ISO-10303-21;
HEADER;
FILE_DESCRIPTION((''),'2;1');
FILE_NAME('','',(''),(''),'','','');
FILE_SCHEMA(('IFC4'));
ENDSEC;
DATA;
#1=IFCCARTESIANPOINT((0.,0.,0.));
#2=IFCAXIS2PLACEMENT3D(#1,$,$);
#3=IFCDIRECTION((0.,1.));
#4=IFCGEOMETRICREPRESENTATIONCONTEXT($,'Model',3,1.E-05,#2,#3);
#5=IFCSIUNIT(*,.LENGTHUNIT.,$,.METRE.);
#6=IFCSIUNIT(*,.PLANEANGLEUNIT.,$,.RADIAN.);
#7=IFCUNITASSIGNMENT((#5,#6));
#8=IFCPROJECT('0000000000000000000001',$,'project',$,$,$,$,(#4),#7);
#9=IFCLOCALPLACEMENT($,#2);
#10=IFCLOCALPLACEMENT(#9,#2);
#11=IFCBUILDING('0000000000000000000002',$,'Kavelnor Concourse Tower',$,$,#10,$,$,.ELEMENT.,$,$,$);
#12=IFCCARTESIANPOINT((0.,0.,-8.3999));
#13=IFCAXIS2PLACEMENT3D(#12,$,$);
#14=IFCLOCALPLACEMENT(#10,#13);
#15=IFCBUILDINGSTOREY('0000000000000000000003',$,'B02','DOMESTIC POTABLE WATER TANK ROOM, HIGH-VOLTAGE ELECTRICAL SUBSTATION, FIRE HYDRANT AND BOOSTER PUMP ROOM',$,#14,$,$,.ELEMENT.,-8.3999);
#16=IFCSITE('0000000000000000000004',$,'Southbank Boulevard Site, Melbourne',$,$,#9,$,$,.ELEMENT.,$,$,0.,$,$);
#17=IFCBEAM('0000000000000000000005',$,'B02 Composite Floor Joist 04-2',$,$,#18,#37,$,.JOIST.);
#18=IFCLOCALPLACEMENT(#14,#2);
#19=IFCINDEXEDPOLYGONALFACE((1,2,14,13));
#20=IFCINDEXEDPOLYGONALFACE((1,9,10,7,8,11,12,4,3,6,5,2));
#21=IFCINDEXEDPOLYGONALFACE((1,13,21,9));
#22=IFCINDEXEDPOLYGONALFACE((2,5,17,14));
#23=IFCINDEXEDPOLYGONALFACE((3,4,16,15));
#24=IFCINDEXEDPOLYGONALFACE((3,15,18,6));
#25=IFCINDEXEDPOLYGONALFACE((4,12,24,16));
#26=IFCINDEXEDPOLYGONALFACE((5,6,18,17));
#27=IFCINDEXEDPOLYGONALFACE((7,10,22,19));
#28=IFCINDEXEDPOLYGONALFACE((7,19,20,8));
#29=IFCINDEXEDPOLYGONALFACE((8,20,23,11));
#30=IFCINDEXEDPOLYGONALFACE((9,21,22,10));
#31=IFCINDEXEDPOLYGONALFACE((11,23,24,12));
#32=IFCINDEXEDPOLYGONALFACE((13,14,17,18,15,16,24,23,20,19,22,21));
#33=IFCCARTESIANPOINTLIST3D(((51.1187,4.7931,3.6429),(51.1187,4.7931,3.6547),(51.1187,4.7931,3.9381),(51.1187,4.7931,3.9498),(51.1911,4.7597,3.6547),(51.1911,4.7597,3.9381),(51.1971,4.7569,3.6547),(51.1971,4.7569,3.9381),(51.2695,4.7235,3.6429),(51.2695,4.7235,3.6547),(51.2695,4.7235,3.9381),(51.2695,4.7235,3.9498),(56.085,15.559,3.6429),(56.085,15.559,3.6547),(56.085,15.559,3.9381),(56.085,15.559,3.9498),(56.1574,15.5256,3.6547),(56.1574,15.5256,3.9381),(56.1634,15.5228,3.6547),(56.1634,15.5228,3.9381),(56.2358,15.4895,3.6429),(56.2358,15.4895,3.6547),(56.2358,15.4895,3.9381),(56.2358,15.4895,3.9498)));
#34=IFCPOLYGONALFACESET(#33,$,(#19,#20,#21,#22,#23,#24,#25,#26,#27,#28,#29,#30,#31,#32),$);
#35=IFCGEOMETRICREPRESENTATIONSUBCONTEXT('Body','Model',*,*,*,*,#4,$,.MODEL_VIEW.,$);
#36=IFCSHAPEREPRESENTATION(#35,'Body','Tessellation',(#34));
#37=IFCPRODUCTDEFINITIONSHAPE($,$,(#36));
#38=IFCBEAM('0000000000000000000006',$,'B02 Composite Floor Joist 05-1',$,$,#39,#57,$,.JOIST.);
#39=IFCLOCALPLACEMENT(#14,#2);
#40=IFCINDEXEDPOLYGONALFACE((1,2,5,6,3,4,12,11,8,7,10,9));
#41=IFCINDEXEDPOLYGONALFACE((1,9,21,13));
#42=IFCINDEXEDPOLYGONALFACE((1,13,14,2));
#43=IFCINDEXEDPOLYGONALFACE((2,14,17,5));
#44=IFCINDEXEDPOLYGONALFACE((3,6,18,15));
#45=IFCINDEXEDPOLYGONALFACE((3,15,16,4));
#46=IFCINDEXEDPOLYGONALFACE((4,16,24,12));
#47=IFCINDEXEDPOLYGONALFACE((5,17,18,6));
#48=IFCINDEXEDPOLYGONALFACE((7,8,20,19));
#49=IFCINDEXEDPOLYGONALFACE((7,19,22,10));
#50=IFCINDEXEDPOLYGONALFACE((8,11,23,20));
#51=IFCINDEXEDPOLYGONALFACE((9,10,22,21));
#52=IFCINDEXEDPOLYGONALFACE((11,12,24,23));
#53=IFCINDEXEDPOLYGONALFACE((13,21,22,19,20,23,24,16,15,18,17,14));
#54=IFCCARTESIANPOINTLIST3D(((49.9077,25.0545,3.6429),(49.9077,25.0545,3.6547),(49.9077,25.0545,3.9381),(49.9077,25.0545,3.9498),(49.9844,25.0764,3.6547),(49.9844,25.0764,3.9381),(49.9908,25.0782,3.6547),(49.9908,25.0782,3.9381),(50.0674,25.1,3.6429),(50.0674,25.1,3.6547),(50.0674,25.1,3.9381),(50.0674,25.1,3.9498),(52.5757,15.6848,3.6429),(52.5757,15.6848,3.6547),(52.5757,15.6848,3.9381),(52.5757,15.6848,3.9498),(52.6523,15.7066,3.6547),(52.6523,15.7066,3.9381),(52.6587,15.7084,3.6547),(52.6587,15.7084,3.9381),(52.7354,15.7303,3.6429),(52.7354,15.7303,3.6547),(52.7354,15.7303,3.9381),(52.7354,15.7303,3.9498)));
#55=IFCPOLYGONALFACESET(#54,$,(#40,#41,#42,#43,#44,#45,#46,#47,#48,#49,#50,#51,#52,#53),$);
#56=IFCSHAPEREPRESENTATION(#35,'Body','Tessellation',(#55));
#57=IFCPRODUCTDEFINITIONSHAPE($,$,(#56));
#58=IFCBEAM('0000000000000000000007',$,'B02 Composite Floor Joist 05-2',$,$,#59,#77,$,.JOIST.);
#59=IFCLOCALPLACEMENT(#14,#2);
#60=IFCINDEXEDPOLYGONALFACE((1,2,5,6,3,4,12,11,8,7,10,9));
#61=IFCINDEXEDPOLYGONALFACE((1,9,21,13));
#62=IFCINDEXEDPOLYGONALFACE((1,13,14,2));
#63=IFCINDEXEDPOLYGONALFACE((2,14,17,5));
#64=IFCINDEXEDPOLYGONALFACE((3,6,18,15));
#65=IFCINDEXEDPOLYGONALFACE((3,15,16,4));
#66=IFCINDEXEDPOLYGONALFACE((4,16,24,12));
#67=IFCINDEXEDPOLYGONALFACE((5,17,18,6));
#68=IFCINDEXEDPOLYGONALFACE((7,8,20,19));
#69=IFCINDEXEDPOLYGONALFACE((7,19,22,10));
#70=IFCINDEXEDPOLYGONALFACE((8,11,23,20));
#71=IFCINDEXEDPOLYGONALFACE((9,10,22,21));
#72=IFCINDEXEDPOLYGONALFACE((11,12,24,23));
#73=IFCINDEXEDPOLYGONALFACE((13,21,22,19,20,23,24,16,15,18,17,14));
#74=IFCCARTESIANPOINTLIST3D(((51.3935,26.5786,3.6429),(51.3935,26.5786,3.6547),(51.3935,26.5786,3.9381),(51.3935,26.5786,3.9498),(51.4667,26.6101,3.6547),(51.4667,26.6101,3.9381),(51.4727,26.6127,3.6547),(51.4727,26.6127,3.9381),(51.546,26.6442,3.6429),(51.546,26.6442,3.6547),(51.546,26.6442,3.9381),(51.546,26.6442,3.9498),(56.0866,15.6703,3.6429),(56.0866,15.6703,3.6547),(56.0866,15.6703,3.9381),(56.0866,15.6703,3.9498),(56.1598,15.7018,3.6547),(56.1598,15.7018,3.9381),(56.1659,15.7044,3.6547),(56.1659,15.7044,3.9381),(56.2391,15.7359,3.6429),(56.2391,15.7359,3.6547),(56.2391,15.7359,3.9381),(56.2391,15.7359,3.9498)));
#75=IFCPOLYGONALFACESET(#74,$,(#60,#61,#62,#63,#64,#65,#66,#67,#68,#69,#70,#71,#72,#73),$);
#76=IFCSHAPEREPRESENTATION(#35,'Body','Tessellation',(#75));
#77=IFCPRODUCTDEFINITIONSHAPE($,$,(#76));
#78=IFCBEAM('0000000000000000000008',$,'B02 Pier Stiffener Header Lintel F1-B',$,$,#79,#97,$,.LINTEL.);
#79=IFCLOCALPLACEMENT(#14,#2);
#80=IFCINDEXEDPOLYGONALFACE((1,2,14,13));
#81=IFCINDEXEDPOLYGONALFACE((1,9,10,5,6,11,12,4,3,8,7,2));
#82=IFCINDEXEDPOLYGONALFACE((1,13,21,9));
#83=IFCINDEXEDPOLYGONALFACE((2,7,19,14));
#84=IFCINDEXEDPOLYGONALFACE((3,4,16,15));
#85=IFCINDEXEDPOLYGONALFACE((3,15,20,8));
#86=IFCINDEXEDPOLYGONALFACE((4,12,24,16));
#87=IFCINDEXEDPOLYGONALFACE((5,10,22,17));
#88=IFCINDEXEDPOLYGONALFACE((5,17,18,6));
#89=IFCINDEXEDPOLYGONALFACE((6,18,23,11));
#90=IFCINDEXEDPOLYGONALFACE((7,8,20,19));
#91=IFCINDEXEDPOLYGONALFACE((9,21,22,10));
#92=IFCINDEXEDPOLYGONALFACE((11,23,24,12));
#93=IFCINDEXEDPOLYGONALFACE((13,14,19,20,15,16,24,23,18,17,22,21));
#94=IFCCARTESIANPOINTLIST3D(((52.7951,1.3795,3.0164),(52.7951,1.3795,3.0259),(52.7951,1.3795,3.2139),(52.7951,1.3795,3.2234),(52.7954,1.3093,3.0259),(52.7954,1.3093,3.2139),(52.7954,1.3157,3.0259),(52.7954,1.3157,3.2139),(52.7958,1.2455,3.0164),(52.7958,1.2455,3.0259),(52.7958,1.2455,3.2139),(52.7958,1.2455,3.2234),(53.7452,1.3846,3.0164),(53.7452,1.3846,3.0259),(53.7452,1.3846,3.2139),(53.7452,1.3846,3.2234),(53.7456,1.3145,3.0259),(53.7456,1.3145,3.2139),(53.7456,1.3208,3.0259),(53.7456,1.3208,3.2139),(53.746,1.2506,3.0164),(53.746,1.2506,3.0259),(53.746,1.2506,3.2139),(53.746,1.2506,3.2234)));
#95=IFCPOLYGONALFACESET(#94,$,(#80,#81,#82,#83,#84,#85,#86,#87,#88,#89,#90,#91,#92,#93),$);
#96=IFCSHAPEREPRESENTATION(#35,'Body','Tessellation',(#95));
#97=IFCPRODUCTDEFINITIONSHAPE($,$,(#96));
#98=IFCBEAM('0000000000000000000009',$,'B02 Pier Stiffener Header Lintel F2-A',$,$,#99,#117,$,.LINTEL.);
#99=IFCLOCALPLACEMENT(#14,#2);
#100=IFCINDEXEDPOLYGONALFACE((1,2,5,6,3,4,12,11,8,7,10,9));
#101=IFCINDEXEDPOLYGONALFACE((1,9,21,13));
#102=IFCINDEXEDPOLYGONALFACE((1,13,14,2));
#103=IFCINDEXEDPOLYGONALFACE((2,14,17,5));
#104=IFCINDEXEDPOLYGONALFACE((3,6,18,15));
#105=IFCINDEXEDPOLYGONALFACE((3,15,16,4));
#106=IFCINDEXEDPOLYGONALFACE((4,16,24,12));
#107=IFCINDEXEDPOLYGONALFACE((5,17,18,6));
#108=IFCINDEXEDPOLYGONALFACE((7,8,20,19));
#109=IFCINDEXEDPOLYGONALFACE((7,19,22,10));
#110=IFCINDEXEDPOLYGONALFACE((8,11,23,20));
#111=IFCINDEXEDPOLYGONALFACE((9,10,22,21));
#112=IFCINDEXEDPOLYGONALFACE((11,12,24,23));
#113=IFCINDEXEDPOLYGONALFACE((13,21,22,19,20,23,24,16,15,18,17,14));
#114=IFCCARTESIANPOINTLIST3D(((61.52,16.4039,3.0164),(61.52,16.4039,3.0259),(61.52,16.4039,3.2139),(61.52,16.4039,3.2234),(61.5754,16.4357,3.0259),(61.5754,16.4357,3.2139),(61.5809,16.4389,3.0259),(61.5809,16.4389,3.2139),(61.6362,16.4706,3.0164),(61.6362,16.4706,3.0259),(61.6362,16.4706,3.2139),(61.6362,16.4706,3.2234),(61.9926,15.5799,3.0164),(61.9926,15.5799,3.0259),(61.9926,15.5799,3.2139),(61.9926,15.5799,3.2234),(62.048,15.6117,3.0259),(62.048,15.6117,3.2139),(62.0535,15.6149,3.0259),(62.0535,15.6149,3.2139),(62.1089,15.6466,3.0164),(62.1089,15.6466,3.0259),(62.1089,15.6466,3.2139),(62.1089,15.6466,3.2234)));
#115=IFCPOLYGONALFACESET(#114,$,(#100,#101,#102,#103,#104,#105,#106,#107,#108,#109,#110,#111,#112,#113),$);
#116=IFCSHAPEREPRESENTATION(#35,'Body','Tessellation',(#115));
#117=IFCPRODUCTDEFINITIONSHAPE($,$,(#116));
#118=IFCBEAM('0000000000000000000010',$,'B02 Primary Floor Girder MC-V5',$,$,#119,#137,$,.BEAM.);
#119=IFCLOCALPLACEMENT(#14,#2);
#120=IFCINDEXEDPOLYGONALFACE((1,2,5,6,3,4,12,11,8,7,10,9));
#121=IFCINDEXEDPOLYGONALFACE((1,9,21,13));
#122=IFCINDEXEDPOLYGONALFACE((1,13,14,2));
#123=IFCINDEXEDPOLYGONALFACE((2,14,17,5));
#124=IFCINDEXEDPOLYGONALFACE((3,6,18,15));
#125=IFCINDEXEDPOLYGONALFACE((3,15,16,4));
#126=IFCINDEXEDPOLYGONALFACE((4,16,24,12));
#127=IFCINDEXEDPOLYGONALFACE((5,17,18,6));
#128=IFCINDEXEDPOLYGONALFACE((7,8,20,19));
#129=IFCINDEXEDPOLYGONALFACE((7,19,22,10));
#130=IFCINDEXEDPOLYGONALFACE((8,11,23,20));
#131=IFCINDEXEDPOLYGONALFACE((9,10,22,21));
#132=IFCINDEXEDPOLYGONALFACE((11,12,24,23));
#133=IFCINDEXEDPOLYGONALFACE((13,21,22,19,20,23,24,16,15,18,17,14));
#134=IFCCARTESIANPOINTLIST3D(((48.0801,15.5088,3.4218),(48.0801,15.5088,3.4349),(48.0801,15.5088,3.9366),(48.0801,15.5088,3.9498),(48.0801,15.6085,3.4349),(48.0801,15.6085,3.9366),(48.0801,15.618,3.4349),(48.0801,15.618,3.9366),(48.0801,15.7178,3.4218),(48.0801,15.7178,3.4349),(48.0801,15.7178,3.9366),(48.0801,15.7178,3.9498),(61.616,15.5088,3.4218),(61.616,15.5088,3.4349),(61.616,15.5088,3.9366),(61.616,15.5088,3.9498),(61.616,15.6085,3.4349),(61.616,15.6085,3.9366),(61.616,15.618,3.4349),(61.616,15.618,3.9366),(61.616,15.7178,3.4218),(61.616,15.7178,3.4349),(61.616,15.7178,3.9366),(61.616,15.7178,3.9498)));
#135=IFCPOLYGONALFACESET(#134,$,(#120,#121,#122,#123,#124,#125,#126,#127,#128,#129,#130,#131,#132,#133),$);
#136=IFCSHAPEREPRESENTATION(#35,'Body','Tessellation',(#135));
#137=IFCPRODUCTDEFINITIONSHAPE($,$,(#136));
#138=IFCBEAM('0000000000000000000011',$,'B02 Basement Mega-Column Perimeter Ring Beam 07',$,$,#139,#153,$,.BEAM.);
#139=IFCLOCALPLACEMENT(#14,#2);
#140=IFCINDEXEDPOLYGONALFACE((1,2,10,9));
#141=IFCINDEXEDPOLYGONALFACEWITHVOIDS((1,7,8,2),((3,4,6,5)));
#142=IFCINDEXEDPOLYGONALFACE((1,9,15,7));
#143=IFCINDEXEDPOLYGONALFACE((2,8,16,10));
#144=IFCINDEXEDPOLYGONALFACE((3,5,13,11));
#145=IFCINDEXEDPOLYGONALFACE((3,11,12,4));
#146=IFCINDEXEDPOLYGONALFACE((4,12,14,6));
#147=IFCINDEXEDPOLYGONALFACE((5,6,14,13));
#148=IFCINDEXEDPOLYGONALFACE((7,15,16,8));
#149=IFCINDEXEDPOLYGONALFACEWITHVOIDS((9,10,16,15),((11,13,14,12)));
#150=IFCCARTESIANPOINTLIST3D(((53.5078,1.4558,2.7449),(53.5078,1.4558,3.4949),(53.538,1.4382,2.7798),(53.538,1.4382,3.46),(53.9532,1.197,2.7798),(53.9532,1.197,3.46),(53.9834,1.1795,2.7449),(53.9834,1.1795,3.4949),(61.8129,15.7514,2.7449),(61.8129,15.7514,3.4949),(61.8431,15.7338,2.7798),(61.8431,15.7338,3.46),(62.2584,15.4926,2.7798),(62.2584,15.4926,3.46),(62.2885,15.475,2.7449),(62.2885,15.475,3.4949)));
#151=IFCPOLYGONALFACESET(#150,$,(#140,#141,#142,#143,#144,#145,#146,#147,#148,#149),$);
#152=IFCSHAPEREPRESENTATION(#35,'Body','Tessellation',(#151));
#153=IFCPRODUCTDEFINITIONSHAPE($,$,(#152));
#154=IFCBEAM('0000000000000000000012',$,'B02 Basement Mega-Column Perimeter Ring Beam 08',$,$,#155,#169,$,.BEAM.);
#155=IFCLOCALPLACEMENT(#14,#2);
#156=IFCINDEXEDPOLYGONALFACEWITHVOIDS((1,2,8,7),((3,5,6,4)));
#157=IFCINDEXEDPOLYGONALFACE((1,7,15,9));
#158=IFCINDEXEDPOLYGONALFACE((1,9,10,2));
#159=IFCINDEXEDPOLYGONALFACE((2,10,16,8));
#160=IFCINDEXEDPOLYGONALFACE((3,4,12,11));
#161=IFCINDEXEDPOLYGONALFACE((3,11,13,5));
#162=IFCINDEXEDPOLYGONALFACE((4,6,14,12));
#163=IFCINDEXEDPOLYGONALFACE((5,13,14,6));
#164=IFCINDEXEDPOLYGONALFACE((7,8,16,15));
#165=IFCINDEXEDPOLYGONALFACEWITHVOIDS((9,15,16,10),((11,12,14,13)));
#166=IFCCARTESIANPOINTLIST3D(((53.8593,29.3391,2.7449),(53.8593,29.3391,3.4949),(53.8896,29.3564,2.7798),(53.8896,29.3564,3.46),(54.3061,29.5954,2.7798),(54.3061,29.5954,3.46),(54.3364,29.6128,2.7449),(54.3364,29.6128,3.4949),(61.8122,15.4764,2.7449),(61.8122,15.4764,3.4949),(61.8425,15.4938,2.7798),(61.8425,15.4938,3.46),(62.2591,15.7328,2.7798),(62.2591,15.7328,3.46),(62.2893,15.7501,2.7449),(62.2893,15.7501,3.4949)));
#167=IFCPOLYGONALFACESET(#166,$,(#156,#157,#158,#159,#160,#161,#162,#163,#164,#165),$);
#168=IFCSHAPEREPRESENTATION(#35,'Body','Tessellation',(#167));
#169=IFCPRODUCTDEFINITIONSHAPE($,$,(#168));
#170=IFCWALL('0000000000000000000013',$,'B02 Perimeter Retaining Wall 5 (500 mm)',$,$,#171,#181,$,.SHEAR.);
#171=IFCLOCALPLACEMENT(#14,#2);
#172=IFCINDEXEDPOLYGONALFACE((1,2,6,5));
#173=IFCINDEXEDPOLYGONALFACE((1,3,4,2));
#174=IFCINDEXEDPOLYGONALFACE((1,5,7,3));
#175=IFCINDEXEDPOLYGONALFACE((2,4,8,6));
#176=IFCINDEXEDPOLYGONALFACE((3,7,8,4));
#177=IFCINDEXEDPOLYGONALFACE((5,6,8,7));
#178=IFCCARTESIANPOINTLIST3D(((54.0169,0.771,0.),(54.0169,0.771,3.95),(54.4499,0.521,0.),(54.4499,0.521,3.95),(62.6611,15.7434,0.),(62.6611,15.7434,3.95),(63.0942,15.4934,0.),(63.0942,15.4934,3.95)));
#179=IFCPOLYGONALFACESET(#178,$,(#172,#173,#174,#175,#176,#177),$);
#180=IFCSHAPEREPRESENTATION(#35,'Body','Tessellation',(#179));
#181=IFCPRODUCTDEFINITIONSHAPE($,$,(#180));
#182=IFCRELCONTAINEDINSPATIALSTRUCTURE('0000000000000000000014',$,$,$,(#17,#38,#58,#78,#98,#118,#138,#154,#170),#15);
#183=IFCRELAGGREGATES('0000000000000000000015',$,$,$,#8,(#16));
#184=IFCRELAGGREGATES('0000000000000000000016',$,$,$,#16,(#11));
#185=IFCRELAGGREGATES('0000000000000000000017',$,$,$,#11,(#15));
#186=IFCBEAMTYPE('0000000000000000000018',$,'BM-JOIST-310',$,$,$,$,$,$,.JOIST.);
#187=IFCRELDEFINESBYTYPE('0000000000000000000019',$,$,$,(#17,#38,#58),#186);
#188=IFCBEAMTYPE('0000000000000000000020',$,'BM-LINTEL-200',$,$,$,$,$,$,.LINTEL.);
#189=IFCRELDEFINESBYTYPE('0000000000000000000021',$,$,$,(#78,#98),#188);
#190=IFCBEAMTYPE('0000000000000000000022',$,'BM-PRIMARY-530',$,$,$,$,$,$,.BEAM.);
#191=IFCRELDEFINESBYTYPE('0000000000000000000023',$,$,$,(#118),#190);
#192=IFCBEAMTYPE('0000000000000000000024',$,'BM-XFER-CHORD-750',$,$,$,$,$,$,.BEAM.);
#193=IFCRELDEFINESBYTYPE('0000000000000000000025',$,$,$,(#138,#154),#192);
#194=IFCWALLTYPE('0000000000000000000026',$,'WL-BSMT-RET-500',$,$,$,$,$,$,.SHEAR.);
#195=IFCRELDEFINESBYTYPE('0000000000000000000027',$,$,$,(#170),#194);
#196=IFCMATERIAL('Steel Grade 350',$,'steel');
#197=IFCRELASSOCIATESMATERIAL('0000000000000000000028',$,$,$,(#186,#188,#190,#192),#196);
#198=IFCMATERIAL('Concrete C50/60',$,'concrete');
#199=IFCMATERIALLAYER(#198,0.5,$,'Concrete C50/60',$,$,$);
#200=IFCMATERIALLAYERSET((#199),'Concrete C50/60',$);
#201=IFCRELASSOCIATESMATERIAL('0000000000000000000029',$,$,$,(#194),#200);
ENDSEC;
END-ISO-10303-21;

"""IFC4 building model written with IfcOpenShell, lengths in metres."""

from ifc_helpers import new_model, si_unit, direction, frame, frame_2d, origin, origin_2d, place, context, subcontext, project, spatial, rectangle, hollow_rectangle, i_section, extrude, material, layer, layer_set, material_profile, profile_set, type_object, element, save


model = new_model("IFC4")

# Units and contexts
model_context = context("Model", 3, precision=1e-05, world=origin(), true_north=direction((0.0, 1.0)))
body_context = subcontext(model_context, "Body", "Model", "MODEL_VIEW")
ifc_project = project(units=[si_unit("LENGTHUNIT", "METRE"), si_unit("PLANEANGLEUNIT", "RADIAN")], contexts=[model_context])

# Site, building, storey
site_placement = place(None, origin())
site = spatial("IfcSite", under=ifc_project, at=site_placement, Name="Southbank Boulevard Site, Melbourne", CompositionType="ELEMENT", RefElevation=0.0)
building_placement = place(site_placement, origin())
building = spatial("IfcBuilding", under=site, at=building_placement, Name="Kavelnor Concourse Tower", CompositionType="ELEMENT")
storey_placement = place(building_placement, frame((0.0, 0.0, -8.3999)))
storey = spatial("IfcBuildingStorey", under=building, at=storey_placement, Name="B02", Description="DOMESTIC POTABLE WATER TANK ROOM, HIGH-VOLTAGE ELECTRICAL SUBSTATION, FIRE HYDRANT AND BOOSTER PUMP ROOM", CompositionType="ELEMENT", Elevation=-8.3999)

# Shared definitions
ifc_material_1 = material(Name="Concrete C50/60", Category="concrete")

# Shared definitions
ifc_material_2 = material(Name="Steel Grade 350", Category="steel")

# Beams
ifc_material_profile_1 = material_profile(ifc_material_2, i_section(OverallWidth=0.166, OverallDepth=0.3069, WebThickness=0.0066, FlangeThickness=0.0117, at=origin_2d()), Name="310UB46")
ifc_profile_set_1 = profile_set([ifc_material_profile_1], Name="Steel Grade 350")
beam_type_1 = type_object("IfcBeamType", Name="BM-JOIST-310", PredefinedType="JOIST", material=ifc_profile_set_1)
beam_1_placement = place(storey_placement, frame((51.1941, 4.7583, 3.7964), z_axis=(0.418881, 0.908041, 0.0), x_axis=(-0.908041, 0.418881, 0.0)))
element("IfcBeam", 1, at=beam_1_placement, inside=storey, type_object=beam_type_1, Name="B02 Composite Floor Joist 04-2", PredefinedType="JOIST", context=body_context, shape_type="SweptSolid", body=[
    extrude(i_section(OverallWidth=0.166, OverallDepth=0.3069, WebThickness=0.0066, FlangeThickness=0.0117, at=origin_2d()), origin(), (0.0, 0.0, 1.0), 11.8562),
])
beam_2_placement = place(storey_placement, frame((52.6555, 15.7075, 3.7964), z_axis=(-0.273854, 0.961771, 0.0), x_axis=(-0.961771, -0.273854, 0.0)))
element("IfcBeam", 2, at=beam_2_placement, inside=storey, type_object=beam_type_1, Name="B02 Composite Floor Joist 05-1", PredefinedType="JOIST", context=body_context, shape_type="SweptSolid", body=[
    extrude(i_section(OverallWidth=0.166, OverallDepth=0.3069, WebThickness=0.0066, FlangeThickness=0.0117, at=origin_2d()), origin(), (0.0, 0.0, 1.0), 9.7422),
])
beam_3_placement = place(storey_placement, frame((56.1628, 15.7031, 3.7964), z_axis=(-0.395212, 0.91859, 0.0), x_axis=(-0.91859, -0.395212, 0.0)))
element("IfcBeam", 3, at=beam_3_placement, inside=storey, type_object=beam_type_1, Name="B02 Composite Floor Joist 05-2", PredefinedType="JOIST", context=body_context, shape_type="SweptSolid", body=[
    extrude(i_section(OverallWidth=0.166, OverallDepth=0.3069, WebThickness=0.0066, FlangeThickness=0.0117, at=origin_2d()), origin(), (0.0, 0.0, 1.0), 11.875),
])
ifc_material_profile_2 = material_profile(ifc_material_2, i_section(OverallWidth=0.134, OverallDepth=0.207, WebThickness=0.0063, FlangeThickness=0.0095, at=origin_2d()), Name="200UB29")
ifc_profile_set_2 = profile_set([ifc_material_profile_2], Name="Steel Grade 350")
beam_type_2 = type_object("IfcBeamType", Name="BM-LINTEL-200", PredefinedType="LINTEL", material=ifc_profile_set_2)
beam_4_placement = place(storey_placement, frame((53.7456, 1.3176, 3.1199), z_axis=(-0.999985, -0.005396, 0.0), x_axis=(0.005396, -0.999985, 0.0)))
element("IfcBeam", 4, at=beam_4_placement, inside=storey, type_object=beam_type_2, Name="B02 Pier Stiffener Header Lintel F1-B", PredefinedType="LINTEL", context=body_context, shape_type="SweptSolid", body=[
    extrude(i_section(OverallWidth=0.134, OverallDepth=0.207, WebThickness=0.0063, FlangeThickness=0.0095, at=origin_2d()), origin(), (0.0, 0.0, 1.0), 0.9502),
])
beam_5_placement = place(storey_placement, frame((62.0508, 15.6133, 3.1199), z_axis=(-0.497578, 0.86742, 0.0), x_axis=(-0.86742, -0.497578, 0.0)))
element("IfcBeam", 5, at=beam_5_placement, inside=storey, type_object=beam_type_2, Name="B02 Pier Stiffener Header Lintel F2-A", PredefinedType="LINTEL", context=body_context, shape_type="SweptSolid", body=[
    extrude(i_section(OverallWidth=0.134, OverallDepth=0.207, WebThickness=0.0063, FlangeThickness=0.0095, at=origin_2d()), origin(), (0.0, 0.0, 1.0), 0.95),
])
ifc_material_profile_3 = material_profile(ifc_material_2, i_section(OverallWidth=0.209, OverallDepth=0.5281, WebThickness=0.0095, FlangeThickness=0.0132, at=origin_2d()), Name="530UB82")
ifc_profile_set_3 = profile_set([ifc_material_profile_3], Name="Steel Grade 350")
beam_type_3 = type_object("IfcBeamType", Name="BM-PRIMARY-530", PredefinedType="BEAM", material=ifc_profile_set_3)
beam_6_placement = place(storey_placement, frame((48.0801, 15.6133, 3.6858), z_axis=(1.0, 0.0, 0.0), x_axis=(0.0, 1.0, 0.0)))
element("IfcBeam", 6, at=beam_6_placement, inside=storey, type_object=beam_type_3, Name="B02 Primary Floor Girder MC-V5", PredefinedType="BEAM", context=body_context, shape_type="SweptSolid", body=[
    extrude(i_section(OverallWidth=0.209, OverallDepth=0.5281, WebThickness=0.0095, FlangeThickness=0.0132, at=origin_2d()), origin(), (0.0, 0.0, 1.0), 13.5359),
])
ifc_material_profile_4 = material_profile(ifc_material_2, hollow_rectangle(XDim=0.55, YDim=0.75, WallThickness=0.0349, at=origin_2d()), Name="RHS 750x550x35")
ifc_profile_set_4 = profile_set([ifc_material_profile_4], Name="Steel Grade 350")
beam_type_4 = type_object("IfcBeamType", Name="BM-XFER-CHORD-750", PredefinedType="BEAM", material=ifc_profile_set_4)
beam_7_placement = place(storey_placement, frame((53.7456, 1.3176, 3.1199), z_axis=(0.502338, 0.864671, 0.0), x_axis=(-0.864671, 0.502338, 0.0)))
element("IfcBeam", 7, at=beam_7_placement, inside=storey, type_object=beam_type_4, Name="B02 Basement Mega-Column Perimeter Ring Beam 07", PredefinedType="BEAM", context=body_context, shape_type="SweptSolid", body=[
    extrude(hollow_rectangle(XDim=0.55, YDim=0.75, WallThickness=0.0349, at=origin_2d()), origin(), (0.0, 0.0, 1.0), 16.533),
])
beam_8_placement = place(storey_placement, frame((62.0508, 15.6133, 3.1199), z_axis=(-0.49762, 0.867395, 0.0), x_axis=(-0.867395, -0.49762, 0.0)))
element("IfcBeam", 8, at=beam_8_placement, inside=storey, type_object=beam_type_4, Name="B02 Basement Mega-Column Perimeter Ring Beam 08", PredefinedType="BEAM", context=body_context, shape_type="SweptSolid", body=[
    extrude(hollow_rectangle(XDim=0.55, YDim=0.75, WallThickness=0.0349, at=origin_2d()), origin(), (0.0, 0.0, 1.0), 15.9819),
])

# Wall
ifc_layer_1 = layer(ifc_material_1, 0.5, Name="Concrete C50/60")
ifc_layer_set_1 = layer_set([ifc_layer_1], Name="Concrete C50/60")
wall_type_1 = type_object("IfcWallType", Name="WL-BSMT-RET-500", PredefinedType="SHEAR", material=ifc_layer_set_1)
wall_1_placement = place(storey_placement, frame((54.2334, 0.646, 0.0), z_axis=(0.0, 0.0, 1.0), x_axis=(0.499998, 0.866026, 0.0)))
element("IfcWall", 9, at=wall_1_placement, inside=storey, type_object=wall_type_1, Name="B02 Perimeter Retaining Wall 5 (500 mm)", PredefinedType="SHEAR", context=body_context, shape_type="SweptSolid", body=[
    extrude(rectangle(XDim=17.2886, YDim=0.5, at=frame_2d((8.6443, 0.0))), origin(), (0.0, 0.0, 1.0), 3.95),
])

save(model, "model.ifc")
